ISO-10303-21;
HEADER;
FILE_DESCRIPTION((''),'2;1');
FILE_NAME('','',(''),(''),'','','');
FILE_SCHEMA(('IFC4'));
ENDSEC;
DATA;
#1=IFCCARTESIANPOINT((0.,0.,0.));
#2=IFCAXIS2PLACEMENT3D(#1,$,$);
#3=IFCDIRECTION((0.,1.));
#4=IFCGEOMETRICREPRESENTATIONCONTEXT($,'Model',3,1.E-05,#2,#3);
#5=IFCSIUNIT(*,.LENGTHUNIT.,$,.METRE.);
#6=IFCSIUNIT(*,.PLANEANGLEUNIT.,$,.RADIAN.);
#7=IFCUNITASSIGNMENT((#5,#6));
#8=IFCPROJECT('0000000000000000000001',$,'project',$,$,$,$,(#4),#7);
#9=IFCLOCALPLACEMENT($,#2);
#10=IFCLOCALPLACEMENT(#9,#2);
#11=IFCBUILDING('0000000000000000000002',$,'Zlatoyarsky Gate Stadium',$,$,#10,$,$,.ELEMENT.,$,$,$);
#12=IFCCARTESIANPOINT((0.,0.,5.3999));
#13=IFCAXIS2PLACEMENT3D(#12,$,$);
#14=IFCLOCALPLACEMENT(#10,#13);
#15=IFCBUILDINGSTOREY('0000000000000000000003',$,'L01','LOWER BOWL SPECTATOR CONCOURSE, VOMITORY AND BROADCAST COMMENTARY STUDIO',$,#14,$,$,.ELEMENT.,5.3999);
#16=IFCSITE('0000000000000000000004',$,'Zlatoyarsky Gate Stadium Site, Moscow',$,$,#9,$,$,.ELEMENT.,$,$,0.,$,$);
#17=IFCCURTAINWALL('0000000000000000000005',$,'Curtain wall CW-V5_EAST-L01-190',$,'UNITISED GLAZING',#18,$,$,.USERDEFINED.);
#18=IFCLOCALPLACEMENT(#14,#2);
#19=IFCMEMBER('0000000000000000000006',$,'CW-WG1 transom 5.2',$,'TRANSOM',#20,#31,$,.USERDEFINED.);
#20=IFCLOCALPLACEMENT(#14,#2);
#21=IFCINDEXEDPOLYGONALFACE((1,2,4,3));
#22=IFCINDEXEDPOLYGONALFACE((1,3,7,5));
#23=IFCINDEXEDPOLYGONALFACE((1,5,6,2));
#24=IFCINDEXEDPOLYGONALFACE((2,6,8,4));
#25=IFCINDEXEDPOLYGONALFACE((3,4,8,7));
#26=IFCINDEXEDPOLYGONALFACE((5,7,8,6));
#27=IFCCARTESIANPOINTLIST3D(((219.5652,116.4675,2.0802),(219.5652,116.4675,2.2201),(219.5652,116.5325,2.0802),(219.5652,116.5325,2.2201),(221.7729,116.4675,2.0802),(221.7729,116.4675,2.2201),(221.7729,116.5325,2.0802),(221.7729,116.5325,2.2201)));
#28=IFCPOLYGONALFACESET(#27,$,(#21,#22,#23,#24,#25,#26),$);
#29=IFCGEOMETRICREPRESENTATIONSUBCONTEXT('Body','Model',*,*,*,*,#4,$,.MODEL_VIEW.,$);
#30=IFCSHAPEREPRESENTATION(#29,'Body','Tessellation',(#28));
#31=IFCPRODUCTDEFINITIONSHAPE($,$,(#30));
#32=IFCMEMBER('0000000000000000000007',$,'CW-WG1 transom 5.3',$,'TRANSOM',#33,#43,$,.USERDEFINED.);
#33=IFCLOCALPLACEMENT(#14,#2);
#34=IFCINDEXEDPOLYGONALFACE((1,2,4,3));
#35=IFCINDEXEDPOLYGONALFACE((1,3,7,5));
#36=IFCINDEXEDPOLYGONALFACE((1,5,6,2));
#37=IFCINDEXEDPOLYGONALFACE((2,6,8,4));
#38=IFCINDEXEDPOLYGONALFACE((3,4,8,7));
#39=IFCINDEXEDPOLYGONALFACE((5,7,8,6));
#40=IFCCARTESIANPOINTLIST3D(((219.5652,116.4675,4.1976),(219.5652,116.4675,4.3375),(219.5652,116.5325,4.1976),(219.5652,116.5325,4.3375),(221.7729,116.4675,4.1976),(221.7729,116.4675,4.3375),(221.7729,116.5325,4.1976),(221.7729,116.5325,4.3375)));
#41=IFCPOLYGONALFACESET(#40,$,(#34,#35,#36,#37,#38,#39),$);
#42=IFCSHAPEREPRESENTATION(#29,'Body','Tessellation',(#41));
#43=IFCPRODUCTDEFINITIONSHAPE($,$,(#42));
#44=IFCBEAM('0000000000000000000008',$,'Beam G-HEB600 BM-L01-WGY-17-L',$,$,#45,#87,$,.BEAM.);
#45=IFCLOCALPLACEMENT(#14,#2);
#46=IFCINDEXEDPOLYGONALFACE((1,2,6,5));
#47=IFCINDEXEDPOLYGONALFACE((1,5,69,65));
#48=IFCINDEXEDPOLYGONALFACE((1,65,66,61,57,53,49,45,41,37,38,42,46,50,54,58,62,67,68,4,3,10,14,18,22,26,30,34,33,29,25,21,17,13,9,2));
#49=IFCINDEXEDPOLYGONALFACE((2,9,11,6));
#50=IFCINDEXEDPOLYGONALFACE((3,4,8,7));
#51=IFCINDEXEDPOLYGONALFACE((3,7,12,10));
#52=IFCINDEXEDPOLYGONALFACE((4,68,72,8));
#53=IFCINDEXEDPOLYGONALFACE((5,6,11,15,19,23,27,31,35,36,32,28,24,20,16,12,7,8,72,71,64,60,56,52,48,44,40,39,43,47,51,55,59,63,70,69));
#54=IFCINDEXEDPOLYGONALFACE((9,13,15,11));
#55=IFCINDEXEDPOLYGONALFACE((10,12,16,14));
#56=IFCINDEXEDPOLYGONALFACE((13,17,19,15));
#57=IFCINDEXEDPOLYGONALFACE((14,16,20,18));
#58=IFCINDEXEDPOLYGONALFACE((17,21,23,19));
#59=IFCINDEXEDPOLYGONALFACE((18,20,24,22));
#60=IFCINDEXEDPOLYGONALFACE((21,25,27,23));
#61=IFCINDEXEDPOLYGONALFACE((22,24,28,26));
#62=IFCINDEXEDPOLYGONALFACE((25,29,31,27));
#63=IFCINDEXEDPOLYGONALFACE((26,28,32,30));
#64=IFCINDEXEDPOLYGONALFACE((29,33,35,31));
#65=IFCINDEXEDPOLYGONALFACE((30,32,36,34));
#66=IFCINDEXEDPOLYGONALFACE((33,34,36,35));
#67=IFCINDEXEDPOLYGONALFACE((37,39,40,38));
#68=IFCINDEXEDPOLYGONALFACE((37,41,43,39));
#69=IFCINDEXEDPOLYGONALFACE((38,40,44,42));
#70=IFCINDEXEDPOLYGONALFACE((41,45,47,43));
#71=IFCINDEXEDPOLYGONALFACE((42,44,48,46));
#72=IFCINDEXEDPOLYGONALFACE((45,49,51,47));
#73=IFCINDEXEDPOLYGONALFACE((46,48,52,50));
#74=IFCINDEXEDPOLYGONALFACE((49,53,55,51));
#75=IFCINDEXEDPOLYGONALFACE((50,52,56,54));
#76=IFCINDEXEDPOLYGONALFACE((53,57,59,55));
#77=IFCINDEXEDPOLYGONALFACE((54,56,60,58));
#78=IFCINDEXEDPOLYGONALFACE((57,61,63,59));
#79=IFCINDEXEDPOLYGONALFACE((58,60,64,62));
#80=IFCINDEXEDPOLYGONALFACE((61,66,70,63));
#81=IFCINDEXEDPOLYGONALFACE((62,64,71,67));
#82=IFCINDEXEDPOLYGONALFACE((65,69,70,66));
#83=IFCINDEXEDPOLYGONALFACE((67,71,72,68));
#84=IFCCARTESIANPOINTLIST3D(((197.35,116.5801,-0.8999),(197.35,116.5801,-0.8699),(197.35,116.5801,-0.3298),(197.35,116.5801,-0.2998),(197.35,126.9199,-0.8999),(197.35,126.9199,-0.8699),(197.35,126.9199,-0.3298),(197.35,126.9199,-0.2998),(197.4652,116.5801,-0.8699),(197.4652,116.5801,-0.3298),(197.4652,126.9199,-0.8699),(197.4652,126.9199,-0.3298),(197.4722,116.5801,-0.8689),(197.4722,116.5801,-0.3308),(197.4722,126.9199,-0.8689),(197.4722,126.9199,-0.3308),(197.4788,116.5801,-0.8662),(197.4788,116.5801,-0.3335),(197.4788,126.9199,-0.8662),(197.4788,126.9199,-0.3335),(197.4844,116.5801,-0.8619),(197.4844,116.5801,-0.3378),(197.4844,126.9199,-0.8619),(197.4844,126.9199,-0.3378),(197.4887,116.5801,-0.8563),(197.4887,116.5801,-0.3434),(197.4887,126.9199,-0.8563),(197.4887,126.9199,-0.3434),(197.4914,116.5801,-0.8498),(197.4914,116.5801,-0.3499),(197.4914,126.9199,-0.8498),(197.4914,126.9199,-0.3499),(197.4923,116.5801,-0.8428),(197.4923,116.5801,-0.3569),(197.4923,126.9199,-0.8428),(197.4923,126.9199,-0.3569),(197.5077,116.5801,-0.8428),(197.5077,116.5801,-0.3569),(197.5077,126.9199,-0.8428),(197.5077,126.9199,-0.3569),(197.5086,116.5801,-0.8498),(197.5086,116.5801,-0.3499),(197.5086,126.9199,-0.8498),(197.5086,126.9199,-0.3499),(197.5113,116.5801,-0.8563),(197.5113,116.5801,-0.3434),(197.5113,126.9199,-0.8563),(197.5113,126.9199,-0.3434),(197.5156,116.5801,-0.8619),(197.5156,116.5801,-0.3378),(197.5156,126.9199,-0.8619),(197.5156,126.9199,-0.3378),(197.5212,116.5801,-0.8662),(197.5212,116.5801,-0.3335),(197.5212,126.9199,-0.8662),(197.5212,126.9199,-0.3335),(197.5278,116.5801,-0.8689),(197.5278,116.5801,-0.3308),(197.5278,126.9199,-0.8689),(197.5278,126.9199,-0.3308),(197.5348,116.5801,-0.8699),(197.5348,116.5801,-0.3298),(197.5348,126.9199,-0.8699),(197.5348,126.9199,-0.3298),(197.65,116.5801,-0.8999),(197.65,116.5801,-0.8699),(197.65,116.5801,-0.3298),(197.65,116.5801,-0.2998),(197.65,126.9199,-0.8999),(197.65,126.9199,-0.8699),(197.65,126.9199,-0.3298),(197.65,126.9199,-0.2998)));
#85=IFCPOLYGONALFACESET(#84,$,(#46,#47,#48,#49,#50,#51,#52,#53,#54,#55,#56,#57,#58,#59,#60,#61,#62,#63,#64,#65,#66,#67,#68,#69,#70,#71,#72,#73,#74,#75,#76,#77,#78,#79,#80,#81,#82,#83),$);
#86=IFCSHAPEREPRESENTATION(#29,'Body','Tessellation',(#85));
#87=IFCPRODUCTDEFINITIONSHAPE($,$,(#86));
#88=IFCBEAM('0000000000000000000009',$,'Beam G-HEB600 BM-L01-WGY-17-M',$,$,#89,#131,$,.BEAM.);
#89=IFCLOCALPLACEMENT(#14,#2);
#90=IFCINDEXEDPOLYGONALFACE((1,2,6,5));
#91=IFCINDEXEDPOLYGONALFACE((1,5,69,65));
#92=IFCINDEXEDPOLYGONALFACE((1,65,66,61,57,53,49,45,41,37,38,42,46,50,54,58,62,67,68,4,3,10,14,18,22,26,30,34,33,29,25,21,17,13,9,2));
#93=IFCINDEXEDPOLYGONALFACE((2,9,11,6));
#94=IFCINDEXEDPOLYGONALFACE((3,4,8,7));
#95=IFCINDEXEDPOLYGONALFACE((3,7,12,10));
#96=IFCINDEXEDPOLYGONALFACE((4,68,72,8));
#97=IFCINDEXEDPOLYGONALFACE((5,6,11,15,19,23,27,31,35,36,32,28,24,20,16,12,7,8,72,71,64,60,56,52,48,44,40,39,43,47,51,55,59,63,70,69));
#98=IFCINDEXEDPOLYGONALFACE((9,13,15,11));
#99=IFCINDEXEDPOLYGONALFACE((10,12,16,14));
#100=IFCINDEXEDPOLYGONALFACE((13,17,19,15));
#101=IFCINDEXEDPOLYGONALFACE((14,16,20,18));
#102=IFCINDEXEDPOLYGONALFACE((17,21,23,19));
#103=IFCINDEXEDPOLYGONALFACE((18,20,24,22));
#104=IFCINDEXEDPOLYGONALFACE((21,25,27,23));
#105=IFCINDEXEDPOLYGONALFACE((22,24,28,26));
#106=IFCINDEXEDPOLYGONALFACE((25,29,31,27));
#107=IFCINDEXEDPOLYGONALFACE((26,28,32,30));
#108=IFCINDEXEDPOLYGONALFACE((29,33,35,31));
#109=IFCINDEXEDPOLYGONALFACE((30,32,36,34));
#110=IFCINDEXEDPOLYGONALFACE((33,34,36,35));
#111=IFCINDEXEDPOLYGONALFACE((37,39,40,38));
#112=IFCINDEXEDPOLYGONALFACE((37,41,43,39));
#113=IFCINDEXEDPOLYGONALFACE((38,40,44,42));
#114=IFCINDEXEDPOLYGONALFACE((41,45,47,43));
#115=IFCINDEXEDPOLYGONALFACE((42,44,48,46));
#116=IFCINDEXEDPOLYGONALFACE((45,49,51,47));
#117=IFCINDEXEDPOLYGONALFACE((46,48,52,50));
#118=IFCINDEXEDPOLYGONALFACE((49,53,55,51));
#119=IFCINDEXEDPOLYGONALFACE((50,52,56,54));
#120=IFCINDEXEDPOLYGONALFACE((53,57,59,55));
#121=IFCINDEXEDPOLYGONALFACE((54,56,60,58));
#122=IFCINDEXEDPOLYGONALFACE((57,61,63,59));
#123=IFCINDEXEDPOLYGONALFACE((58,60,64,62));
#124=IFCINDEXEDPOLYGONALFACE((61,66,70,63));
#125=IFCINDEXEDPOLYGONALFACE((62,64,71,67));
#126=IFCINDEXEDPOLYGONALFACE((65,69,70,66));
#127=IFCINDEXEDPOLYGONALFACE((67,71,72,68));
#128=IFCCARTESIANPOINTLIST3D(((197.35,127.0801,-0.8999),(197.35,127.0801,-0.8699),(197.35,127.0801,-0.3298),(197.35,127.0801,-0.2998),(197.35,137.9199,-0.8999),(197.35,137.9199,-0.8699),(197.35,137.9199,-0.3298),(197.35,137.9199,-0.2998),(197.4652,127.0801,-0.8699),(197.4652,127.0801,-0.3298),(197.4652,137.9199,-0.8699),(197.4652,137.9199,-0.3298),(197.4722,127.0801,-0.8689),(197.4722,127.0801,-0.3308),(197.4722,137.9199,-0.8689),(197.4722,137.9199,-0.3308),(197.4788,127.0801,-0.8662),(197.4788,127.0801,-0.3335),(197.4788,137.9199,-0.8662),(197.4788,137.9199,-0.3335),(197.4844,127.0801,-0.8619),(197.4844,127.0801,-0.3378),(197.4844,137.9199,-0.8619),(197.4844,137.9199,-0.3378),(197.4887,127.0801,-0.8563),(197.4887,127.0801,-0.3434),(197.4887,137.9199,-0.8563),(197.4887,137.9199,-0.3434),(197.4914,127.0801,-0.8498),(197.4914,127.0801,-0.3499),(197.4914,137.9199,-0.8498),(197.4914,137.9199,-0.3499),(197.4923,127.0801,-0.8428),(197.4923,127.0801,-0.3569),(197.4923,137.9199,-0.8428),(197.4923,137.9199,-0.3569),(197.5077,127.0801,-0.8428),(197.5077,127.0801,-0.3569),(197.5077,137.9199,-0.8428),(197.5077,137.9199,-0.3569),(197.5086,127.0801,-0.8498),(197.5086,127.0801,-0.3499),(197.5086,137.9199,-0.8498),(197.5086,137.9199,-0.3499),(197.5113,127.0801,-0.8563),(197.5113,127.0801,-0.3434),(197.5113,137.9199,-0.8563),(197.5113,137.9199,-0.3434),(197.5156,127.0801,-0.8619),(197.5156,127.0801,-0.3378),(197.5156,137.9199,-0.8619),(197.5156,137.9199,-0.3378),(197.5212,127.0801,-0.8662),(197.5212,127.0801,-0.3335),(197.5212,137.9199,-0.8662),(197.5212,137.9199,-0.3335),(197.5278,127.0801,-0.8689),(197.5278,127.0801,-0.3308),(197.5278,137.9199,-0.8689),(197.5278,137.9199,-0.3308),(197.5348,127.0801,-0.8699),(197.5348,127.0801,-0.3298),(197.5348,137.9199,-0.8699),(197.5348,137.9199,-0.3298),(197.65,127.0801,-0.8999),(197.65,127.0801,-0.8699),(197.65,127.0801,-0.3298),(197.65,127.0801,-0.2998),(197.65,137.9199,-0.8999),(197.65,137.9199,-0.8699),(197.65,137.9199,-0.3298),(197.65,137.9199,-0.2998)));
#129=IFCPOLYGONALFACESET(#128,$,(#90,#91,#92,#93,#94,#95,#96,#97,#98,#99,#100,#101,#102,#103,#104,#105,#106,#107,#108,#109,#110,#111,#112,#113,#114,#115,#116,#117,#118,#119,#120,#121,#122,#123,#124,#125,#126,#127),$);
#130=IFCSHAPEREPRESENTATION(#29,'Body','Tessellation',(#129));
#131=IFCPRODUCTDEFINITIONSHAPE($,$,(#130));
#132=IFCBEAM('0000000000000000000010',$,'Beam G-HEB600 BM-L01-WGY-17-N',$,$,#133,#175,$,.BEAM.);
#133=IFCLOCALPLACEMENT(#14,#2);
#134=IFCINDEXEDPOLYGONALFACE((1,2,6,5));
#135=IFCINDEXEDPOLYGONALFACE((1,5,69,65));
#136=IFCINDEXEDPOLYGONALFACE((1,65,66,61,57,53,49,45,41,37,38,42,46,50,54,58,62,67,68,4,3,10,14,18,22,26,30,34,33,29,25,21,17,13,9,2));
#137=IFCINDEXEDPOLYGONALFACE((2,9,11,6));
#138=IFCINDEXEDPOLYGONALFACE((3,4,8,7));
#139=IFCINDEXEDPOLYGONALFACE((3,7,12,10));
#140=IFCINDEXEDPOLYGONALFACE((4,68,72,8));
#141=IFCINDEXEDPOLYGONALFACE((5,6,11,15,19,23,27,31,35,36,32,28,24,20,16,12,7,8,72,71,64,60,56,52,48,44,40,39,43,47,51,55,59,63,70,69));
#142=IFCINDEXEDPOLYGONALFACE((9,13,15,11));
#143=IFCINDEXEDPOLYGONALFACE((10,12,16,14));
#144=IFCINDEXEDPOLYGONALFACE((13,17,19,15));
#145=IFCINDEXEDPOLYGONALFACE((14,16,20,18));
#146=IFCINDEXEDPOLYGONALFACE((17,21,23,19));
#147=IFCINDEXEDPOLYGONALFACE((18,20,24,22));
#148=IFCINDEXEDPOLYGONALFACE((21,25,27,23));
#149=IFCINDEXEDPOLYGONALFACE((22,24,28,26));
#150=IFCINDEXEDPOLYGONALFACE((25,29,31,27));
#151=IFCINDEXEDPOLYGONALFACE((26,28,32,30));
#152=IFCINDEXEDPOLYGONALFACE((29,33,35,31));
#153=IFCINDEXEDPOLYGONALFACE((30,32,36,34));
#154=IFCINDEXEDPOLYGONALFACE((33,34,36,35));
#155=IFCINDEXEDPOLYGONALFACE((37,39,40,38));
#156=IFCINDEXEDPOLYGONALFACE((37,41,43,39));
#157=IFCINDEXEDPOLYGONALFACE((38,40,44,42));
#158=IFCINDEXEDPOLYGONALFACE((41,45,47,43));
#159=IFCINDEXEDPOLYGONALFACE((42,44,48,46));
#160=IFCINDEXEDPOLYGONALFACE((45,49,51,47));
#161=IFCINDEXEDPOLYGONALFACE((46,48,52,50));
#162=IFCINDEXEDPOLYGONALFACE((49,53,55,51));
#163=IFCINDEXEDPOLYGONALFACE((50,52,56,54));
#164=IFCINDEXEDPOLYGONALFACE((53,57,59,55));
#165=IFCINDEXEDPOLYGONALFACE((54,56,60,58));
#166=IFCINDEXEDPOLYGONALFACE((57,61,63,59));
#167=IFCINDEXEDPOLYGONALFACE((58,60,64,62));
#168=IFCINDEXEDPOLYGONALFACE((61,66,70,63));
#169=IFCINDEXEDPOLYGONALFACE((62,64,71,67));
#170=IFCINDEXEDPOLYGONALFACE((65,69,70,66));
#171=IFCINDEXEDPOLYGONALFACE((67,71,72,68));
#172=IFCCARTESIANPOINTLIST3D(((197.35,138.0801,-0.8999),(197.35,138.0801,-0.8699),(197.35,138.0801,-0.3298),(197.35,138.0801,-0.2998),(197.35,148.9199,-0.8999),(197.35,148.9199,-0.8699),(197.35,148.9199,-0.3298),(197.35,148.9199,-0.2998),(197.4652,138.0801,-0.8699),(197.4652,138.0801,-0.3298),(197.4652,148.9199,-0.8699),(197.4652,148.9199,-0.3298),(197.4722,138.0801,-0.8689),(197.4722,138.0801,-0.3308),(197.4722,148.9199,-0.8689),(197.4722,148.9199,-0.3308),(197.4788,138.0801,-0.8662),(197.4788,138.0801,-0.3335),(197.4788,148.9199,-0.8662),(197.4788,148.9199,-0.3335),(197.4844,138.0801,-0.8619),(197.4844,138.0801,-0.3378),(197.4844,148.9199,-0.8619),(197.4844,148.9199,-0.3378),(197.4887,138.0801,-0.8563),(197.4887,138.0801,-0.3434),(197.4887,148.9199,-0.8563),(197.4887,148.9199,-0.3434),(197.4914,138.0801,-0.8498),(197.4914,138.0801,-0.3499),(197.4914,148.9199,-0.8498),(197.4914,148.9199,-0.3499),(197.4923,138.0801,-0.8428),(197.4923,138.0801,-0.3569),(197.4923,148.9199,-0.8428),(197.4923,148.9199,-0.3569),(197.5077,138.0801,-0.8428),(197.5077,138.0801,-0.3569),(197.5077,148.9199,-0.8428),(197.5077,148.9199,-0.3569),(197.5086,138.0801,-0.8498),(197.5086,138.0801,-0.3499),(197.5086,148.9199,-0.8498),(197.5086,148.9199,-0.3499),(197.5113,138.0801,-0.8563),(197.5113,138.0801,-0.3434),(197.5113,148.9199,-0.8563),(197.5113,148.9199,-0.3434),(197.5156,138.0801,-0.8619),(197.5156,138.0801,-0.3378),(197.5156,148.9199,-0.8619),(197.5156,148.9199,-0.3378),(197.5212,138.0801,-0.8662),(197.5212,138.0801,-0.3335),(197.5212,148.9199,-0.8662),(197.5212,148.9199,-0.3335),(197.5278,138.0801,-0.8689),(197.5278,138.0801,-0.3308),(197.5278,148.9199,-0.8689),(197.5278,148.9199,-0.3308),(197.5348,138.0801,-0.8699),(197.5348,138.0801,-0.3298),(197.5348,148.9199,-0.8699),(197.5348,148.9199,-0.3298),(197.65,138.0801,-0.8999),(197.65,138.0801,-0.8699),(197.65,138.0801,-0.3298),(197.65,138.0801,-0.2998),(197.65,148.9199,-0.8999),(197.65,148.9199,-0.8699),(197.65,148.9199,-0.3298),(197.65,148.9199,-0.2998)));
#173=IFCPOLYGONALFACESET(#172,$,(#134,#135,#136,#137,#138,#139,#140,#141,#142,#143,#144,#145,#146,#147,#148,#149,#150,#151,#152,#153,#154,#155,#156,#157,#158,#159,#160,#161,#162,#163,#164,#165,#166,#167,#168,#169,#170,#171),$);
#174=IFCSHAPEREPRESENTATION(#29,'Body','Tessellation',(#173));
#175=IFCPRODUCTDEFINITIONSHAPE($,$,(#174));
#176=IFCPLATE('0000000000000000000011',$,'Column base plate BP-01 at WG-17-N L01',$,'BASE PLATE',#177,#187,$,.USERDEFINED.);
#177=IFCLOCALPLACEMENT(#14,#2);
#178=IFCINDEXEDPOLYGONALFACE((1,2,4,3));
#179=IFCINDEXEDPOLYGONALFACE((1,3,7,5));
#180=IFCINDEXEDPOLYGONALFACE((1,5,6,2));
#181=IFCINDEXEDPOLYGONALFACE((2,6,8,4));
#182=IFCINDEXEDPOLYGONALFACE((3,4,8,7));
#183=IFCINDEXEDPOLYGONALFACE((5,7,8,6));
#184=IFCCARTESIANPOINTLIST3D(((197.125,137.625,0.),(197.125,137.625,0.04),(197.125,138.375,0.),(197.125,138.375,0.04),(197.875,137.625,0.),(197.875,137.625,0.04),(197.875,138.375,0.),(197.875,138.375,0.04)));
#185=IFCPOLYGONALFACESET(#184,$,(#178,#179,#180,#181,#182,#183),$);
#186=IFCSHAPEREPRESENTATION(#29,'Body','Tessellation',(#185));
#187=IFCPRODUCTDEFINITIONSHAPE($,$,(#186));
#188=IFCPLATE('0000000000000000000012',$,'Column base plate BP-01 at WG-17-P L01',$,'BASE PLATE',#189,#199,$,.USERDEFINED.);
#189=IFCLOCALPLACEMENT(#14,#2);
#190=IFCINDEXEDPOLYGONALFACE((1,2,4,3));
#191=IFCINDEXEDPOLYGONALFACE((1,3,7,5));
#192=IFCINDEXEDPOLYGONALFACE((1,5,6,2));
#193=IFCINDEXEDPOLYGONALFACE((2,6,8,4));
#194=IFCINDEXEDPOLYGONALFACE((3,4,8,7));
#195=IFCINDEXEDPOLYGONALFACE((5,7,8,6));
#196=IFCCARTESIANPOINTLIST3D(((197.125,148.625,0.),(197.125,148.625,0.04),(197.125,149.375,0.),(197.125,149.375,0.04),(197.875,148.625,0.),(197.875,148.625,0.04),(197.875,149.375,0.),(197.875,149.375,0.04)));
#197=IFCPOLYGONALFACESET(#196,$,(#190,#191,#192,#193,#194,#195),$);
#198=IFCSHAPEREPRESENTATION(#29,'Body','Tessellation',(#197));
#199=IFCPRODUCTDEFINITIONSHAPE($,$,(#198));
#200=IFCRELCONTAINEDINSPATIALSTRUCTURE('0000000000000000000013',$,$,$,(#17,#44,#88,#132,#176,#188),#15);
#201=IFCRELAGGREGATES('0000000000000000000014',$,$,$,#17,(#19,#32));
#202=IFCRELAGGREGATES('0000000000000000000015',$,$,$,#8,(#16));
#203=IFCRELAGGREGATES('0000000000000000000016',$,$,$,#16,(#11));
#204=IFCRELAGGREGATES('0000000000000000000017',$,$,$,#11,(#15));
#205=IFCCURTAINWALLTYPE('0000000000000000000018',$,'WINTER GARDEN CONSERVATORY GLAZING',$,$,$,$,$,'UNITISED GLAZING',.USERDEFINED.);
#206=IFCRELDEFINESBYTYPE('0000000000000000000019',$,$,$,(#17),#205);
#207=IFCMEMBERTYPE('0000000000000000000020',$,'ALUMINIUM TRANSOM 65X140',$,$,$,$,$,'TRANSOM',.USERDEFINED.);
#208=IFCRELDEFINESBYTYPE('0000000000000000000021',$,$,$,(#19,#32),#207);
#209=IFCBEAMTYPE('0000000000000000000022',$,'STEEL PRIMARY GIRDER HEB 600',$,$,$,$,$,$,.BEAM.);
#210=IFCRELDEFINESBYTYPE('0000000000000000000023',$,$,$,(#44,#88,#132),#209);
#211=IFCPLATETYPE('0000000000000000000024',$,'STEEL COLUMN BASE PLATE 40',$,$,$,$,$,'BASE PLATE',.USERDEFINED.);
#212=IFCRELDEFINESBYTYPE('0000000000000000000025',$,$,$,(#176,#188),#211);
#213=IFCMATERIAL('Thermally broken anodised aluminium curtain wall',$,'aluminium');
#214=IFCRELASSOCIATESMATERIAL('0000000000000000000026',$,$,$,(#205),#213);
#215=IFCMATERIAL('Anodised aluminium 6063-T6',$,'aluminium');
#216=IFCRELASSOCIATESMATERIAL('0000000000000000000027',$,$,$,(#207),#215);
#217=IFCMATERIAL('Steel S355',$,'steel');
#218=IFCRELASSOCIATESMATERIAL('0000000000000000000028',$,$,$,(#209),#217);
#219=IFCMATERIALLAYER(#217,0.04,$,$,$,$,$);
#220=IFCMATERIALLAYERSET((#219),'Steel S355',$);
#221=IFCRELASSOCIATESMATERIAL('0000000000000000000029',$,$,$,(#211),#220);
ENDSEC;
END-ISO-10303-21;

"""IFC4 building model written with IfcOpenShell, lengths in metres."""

from ifc_helpers import new_model, si_unit, direction, frame, origin, origin_2d, place, context, subcontext, project, spatial, rectangle, i_section, extrude, material, layer, layer_set, material_profile, profile_set, type_object, element, aggregate, save


model = new_model("IFC4")

# Units and contexts
model_context = context("Model", 3, precision=1e-05, world=origin(), true_north=direction((0.0, 1.0)))
body_context = subcontext(model_context, "Body", "Model", "MODEL_VIEW")
ifc_project = project(units=[si_unit("LENGTHUNIT", "METRE"), si_unit("PLANEANGLEUNIT", "RADIAN")], contexts=[model_context])

# Site, building, storey
site_placement = place(None, origin())
site = spatial("IfcSite", under=ifc_project, at=site_placement, Name="Zlatoyarsky Gate Stadium Site, Moscow", CompositionType="ELEMENT", RefElevation=0.0)
building_placement = place(site_placement, origin())
building = spatial("IfcBuilding", under=site, at=building_placement, Name="Zlatoyarsky Gate Stadium", CompositionType="ELEMENT")
storey_placement = place(building_placement, frame((0.0, 0.0, 5.3999)))
storey = spatial("IfcBuildingStorey", under=building, at=storey_placement, Name="L01", Description="LOWER BOWL SPECTATOR CONCOURSE, VOMITORY AND BROADCAST COMMENTARY STUDIO", CompositionType="ELEMENT", Elevation=5.3999)

# Shared definitions
ifc_material_1 = material(Name="Steel S355", Category="steel")

# Curtain wall, members
ifc_material_2 = material(Name="Thermally broken anodised aluminium curtain wall", Category="aluminium")
curtain_wall_type = type_object("IfcCurtainWallType", Name="WINTER GARDEN CONSERVATORY GLAZING", ElementType="UNITISED GLAZING", PredefinedType="USERDEFINED", material=ifc_material_2)
curtain_wall_placement = place(storey_placement, origin())
curtain_wall = element("IfcCurtainWall", 1, at=curtain_wall_placement, inside=storey, type_object=curtain_wall_type, Name="Curtain wall CW-V5_EAST-L01-190", ObjectType="UNITISED GLAZING", PredefinedType="USERDEFINED")
ifc_material_3 = material(Name="Anodised aluminium 6063-T6", Category="aluminium")
ifc_material_profile_1 = material_profile(ifc_material_3, rectangle(XDim=0.0649, YDim=0.1399, at=origin_2d()), Name="ALU 65X140")
ifc_profile_set_1 = profile_set([ifc_material_profile_1], Name="Anodised aluminium 6063-T6")
member_type_1 = type_object("IfcMemberType", Name="ALUMINIUM TRANSOM 65X140", ElementType="TRANSOM", PredefinedType="USERDEFINED", material=ifc_profile_set_1)
member_1_placement = place(storey_placement, frame((219.5652, 116.5, 2.1501), z_axis=(1.0, 0.0, 0.0), x_axis=(0.0, 1.0, 0.0)))
member_1 = element("IfcMember", 2, at=member_1_placement, type_object=member_type_1, Name="CW-WG1 transom 5.2", ObjectType="TRANSOM", PredefinedType="USERDEFINED", context=body_context, shape_type="SweptSolid", body=[
    extrude(rectangle(XDim=0.0649, YDim=0.1399, at=origin_2d()), origin(), (0.0, 0.0, 1.0), 2.2078),
])
member_2_placement = place(storey_placement, frame((219.5652, 116.5, 4.2676), z_axis=(1.0, 0.0, 0.0), x_axis=(0.0, 1.0, 0.0)))
member_2 = element("IfcMember", 3, at=member_2_placement, type_object=member_type_1, Name="CW-WG1 transom 5.3", ObjectType="TRANSOM", PredefinedType="USERDEFINED", context=body_context, shape_type="SweptSolid", body=[
    extrude(rectangle(XDim=0.0649, YDim=0.1399, at=origin_2d()), origin(), (0.0, 0.0, 1.0), 2.2078),
])

# Beams
ifc_material_profile_2 = material_profile(ifc_material_1, i_section(OverallWidth=0.3, OverallDepth=0.6001, WebThickness=0.0154, FlangeThickness=0.03, FilletRadius=0.0271, at=origin_2d()), Name="HEB 600")
ifc_profile_set_2 = profile_set([ifc_material_profile_2], Name="Steel S355")
beam_type = type_object("IfcBeamType", Name="STEEL PRIMARY GIRDER HEB 600", PredefinedType="BEAM", material=ifc_profile_set_2)
beam_placement = place(storey_placement, frame((197.5, 116.5801, -0.5999), z_axis=(0.0, 1.0, 0.0), x_axis=(-1.0, 0.0, 0.0)))
element("IfcBeam", 4, at=beam_placement, inside=storey, type_object=beam_type, Name="Beam G-HEB600 BM-L01-WGY-17-L", PredefinedType="BEAM", context=body_context, shape_type="SweptSolid", body=[
    extrude(i_section(OverallWidth=0.3, OverallDepth=0.6001, WebThickness=0.0154, FlangeThickness=0.03, FilletRadius=0.0271, at=origin_2d()), origin(), (0.0, 0.0, 1.0), 10.3398),
])
for number, where, z_axis, x_axis, name in (
    (5, (197.5, 127.0801, -0.5999), (0.0, 1.0, 0.0), (-1.0, 0.0, 0.0), "Beam G-HEB600 BM-L01-WGY-17-M"),
    (6, (197.5, 138.0801, -0.5999), (0.0, 1.0, 0.0), (-1.0, 0.0, 0.0), "Beam G-HEB600 BM-L01-WGY-17-N"),
):
    element("IfcBeam", number, at=place(storey_placement, frame(where, z_axis=z_axis, x_axis=x_axis)), inside=storey, type_object=beam_type, Name=name, PredefinedType="BEAM", context=body_context, shape_type="SweptSolid", body=[
        extrude(i_section(OverallWidth=0.3, OverallDepth=0.6001, WebThickness=0.0154, FlangeThickness=0.03, FilletRadius=0.0271, at=origin_2d()), origin(), (0.0, 0.0, 1.0), 10.8398),
    ])

# Plates
ifc_layer_1 = layer(ifc_material_1, 0.04)
ifc_layer_set_1 = layer_set([ifc_layer_1], Name="Steel S355")
plate_type_1 = type_object("IfcPlateType", Name="STEEL COLUMN BASE PLATE 40", ElementType="BASE PLATE", PredefinedType="USERDEFINED", material=ifc_layer_set_1)
for number, where, z_axis, x_axis, name in (
    (7, (197.5, 138.0, 0.0), (0.0, 0.0, 1.0), (1.0, 0.0, 0.0), "Column base plate BP-01 at WG-17-N L01"),
    (8, (197.5, 149.0, 0.0), (0.0, 0.0, 1.0), (1.0, 0.0, 0.0), "Column base plate BP-01 at WG-17-P L01"),
):
    element("IfcPlate", number, at=place(storey_placement, frame(where, z_axis=z_axis, x_axis=x_axis)), inside=storey, type_object=plate_type_1, Name=name, ObjectType="BASE PLATE", PredefinedType="USERDEFINED", context=body_context, shape_type="SweptSolid", body=[
        extrude(rectangle(XDim=0.75, YDim=0.75, at=origin_2d()), origin(), (0.0, 0.0, 1.0), 0.04),
    ])

aggregate(curtain_wall, [member_1, member_2])

save(model, "model.ifc")
